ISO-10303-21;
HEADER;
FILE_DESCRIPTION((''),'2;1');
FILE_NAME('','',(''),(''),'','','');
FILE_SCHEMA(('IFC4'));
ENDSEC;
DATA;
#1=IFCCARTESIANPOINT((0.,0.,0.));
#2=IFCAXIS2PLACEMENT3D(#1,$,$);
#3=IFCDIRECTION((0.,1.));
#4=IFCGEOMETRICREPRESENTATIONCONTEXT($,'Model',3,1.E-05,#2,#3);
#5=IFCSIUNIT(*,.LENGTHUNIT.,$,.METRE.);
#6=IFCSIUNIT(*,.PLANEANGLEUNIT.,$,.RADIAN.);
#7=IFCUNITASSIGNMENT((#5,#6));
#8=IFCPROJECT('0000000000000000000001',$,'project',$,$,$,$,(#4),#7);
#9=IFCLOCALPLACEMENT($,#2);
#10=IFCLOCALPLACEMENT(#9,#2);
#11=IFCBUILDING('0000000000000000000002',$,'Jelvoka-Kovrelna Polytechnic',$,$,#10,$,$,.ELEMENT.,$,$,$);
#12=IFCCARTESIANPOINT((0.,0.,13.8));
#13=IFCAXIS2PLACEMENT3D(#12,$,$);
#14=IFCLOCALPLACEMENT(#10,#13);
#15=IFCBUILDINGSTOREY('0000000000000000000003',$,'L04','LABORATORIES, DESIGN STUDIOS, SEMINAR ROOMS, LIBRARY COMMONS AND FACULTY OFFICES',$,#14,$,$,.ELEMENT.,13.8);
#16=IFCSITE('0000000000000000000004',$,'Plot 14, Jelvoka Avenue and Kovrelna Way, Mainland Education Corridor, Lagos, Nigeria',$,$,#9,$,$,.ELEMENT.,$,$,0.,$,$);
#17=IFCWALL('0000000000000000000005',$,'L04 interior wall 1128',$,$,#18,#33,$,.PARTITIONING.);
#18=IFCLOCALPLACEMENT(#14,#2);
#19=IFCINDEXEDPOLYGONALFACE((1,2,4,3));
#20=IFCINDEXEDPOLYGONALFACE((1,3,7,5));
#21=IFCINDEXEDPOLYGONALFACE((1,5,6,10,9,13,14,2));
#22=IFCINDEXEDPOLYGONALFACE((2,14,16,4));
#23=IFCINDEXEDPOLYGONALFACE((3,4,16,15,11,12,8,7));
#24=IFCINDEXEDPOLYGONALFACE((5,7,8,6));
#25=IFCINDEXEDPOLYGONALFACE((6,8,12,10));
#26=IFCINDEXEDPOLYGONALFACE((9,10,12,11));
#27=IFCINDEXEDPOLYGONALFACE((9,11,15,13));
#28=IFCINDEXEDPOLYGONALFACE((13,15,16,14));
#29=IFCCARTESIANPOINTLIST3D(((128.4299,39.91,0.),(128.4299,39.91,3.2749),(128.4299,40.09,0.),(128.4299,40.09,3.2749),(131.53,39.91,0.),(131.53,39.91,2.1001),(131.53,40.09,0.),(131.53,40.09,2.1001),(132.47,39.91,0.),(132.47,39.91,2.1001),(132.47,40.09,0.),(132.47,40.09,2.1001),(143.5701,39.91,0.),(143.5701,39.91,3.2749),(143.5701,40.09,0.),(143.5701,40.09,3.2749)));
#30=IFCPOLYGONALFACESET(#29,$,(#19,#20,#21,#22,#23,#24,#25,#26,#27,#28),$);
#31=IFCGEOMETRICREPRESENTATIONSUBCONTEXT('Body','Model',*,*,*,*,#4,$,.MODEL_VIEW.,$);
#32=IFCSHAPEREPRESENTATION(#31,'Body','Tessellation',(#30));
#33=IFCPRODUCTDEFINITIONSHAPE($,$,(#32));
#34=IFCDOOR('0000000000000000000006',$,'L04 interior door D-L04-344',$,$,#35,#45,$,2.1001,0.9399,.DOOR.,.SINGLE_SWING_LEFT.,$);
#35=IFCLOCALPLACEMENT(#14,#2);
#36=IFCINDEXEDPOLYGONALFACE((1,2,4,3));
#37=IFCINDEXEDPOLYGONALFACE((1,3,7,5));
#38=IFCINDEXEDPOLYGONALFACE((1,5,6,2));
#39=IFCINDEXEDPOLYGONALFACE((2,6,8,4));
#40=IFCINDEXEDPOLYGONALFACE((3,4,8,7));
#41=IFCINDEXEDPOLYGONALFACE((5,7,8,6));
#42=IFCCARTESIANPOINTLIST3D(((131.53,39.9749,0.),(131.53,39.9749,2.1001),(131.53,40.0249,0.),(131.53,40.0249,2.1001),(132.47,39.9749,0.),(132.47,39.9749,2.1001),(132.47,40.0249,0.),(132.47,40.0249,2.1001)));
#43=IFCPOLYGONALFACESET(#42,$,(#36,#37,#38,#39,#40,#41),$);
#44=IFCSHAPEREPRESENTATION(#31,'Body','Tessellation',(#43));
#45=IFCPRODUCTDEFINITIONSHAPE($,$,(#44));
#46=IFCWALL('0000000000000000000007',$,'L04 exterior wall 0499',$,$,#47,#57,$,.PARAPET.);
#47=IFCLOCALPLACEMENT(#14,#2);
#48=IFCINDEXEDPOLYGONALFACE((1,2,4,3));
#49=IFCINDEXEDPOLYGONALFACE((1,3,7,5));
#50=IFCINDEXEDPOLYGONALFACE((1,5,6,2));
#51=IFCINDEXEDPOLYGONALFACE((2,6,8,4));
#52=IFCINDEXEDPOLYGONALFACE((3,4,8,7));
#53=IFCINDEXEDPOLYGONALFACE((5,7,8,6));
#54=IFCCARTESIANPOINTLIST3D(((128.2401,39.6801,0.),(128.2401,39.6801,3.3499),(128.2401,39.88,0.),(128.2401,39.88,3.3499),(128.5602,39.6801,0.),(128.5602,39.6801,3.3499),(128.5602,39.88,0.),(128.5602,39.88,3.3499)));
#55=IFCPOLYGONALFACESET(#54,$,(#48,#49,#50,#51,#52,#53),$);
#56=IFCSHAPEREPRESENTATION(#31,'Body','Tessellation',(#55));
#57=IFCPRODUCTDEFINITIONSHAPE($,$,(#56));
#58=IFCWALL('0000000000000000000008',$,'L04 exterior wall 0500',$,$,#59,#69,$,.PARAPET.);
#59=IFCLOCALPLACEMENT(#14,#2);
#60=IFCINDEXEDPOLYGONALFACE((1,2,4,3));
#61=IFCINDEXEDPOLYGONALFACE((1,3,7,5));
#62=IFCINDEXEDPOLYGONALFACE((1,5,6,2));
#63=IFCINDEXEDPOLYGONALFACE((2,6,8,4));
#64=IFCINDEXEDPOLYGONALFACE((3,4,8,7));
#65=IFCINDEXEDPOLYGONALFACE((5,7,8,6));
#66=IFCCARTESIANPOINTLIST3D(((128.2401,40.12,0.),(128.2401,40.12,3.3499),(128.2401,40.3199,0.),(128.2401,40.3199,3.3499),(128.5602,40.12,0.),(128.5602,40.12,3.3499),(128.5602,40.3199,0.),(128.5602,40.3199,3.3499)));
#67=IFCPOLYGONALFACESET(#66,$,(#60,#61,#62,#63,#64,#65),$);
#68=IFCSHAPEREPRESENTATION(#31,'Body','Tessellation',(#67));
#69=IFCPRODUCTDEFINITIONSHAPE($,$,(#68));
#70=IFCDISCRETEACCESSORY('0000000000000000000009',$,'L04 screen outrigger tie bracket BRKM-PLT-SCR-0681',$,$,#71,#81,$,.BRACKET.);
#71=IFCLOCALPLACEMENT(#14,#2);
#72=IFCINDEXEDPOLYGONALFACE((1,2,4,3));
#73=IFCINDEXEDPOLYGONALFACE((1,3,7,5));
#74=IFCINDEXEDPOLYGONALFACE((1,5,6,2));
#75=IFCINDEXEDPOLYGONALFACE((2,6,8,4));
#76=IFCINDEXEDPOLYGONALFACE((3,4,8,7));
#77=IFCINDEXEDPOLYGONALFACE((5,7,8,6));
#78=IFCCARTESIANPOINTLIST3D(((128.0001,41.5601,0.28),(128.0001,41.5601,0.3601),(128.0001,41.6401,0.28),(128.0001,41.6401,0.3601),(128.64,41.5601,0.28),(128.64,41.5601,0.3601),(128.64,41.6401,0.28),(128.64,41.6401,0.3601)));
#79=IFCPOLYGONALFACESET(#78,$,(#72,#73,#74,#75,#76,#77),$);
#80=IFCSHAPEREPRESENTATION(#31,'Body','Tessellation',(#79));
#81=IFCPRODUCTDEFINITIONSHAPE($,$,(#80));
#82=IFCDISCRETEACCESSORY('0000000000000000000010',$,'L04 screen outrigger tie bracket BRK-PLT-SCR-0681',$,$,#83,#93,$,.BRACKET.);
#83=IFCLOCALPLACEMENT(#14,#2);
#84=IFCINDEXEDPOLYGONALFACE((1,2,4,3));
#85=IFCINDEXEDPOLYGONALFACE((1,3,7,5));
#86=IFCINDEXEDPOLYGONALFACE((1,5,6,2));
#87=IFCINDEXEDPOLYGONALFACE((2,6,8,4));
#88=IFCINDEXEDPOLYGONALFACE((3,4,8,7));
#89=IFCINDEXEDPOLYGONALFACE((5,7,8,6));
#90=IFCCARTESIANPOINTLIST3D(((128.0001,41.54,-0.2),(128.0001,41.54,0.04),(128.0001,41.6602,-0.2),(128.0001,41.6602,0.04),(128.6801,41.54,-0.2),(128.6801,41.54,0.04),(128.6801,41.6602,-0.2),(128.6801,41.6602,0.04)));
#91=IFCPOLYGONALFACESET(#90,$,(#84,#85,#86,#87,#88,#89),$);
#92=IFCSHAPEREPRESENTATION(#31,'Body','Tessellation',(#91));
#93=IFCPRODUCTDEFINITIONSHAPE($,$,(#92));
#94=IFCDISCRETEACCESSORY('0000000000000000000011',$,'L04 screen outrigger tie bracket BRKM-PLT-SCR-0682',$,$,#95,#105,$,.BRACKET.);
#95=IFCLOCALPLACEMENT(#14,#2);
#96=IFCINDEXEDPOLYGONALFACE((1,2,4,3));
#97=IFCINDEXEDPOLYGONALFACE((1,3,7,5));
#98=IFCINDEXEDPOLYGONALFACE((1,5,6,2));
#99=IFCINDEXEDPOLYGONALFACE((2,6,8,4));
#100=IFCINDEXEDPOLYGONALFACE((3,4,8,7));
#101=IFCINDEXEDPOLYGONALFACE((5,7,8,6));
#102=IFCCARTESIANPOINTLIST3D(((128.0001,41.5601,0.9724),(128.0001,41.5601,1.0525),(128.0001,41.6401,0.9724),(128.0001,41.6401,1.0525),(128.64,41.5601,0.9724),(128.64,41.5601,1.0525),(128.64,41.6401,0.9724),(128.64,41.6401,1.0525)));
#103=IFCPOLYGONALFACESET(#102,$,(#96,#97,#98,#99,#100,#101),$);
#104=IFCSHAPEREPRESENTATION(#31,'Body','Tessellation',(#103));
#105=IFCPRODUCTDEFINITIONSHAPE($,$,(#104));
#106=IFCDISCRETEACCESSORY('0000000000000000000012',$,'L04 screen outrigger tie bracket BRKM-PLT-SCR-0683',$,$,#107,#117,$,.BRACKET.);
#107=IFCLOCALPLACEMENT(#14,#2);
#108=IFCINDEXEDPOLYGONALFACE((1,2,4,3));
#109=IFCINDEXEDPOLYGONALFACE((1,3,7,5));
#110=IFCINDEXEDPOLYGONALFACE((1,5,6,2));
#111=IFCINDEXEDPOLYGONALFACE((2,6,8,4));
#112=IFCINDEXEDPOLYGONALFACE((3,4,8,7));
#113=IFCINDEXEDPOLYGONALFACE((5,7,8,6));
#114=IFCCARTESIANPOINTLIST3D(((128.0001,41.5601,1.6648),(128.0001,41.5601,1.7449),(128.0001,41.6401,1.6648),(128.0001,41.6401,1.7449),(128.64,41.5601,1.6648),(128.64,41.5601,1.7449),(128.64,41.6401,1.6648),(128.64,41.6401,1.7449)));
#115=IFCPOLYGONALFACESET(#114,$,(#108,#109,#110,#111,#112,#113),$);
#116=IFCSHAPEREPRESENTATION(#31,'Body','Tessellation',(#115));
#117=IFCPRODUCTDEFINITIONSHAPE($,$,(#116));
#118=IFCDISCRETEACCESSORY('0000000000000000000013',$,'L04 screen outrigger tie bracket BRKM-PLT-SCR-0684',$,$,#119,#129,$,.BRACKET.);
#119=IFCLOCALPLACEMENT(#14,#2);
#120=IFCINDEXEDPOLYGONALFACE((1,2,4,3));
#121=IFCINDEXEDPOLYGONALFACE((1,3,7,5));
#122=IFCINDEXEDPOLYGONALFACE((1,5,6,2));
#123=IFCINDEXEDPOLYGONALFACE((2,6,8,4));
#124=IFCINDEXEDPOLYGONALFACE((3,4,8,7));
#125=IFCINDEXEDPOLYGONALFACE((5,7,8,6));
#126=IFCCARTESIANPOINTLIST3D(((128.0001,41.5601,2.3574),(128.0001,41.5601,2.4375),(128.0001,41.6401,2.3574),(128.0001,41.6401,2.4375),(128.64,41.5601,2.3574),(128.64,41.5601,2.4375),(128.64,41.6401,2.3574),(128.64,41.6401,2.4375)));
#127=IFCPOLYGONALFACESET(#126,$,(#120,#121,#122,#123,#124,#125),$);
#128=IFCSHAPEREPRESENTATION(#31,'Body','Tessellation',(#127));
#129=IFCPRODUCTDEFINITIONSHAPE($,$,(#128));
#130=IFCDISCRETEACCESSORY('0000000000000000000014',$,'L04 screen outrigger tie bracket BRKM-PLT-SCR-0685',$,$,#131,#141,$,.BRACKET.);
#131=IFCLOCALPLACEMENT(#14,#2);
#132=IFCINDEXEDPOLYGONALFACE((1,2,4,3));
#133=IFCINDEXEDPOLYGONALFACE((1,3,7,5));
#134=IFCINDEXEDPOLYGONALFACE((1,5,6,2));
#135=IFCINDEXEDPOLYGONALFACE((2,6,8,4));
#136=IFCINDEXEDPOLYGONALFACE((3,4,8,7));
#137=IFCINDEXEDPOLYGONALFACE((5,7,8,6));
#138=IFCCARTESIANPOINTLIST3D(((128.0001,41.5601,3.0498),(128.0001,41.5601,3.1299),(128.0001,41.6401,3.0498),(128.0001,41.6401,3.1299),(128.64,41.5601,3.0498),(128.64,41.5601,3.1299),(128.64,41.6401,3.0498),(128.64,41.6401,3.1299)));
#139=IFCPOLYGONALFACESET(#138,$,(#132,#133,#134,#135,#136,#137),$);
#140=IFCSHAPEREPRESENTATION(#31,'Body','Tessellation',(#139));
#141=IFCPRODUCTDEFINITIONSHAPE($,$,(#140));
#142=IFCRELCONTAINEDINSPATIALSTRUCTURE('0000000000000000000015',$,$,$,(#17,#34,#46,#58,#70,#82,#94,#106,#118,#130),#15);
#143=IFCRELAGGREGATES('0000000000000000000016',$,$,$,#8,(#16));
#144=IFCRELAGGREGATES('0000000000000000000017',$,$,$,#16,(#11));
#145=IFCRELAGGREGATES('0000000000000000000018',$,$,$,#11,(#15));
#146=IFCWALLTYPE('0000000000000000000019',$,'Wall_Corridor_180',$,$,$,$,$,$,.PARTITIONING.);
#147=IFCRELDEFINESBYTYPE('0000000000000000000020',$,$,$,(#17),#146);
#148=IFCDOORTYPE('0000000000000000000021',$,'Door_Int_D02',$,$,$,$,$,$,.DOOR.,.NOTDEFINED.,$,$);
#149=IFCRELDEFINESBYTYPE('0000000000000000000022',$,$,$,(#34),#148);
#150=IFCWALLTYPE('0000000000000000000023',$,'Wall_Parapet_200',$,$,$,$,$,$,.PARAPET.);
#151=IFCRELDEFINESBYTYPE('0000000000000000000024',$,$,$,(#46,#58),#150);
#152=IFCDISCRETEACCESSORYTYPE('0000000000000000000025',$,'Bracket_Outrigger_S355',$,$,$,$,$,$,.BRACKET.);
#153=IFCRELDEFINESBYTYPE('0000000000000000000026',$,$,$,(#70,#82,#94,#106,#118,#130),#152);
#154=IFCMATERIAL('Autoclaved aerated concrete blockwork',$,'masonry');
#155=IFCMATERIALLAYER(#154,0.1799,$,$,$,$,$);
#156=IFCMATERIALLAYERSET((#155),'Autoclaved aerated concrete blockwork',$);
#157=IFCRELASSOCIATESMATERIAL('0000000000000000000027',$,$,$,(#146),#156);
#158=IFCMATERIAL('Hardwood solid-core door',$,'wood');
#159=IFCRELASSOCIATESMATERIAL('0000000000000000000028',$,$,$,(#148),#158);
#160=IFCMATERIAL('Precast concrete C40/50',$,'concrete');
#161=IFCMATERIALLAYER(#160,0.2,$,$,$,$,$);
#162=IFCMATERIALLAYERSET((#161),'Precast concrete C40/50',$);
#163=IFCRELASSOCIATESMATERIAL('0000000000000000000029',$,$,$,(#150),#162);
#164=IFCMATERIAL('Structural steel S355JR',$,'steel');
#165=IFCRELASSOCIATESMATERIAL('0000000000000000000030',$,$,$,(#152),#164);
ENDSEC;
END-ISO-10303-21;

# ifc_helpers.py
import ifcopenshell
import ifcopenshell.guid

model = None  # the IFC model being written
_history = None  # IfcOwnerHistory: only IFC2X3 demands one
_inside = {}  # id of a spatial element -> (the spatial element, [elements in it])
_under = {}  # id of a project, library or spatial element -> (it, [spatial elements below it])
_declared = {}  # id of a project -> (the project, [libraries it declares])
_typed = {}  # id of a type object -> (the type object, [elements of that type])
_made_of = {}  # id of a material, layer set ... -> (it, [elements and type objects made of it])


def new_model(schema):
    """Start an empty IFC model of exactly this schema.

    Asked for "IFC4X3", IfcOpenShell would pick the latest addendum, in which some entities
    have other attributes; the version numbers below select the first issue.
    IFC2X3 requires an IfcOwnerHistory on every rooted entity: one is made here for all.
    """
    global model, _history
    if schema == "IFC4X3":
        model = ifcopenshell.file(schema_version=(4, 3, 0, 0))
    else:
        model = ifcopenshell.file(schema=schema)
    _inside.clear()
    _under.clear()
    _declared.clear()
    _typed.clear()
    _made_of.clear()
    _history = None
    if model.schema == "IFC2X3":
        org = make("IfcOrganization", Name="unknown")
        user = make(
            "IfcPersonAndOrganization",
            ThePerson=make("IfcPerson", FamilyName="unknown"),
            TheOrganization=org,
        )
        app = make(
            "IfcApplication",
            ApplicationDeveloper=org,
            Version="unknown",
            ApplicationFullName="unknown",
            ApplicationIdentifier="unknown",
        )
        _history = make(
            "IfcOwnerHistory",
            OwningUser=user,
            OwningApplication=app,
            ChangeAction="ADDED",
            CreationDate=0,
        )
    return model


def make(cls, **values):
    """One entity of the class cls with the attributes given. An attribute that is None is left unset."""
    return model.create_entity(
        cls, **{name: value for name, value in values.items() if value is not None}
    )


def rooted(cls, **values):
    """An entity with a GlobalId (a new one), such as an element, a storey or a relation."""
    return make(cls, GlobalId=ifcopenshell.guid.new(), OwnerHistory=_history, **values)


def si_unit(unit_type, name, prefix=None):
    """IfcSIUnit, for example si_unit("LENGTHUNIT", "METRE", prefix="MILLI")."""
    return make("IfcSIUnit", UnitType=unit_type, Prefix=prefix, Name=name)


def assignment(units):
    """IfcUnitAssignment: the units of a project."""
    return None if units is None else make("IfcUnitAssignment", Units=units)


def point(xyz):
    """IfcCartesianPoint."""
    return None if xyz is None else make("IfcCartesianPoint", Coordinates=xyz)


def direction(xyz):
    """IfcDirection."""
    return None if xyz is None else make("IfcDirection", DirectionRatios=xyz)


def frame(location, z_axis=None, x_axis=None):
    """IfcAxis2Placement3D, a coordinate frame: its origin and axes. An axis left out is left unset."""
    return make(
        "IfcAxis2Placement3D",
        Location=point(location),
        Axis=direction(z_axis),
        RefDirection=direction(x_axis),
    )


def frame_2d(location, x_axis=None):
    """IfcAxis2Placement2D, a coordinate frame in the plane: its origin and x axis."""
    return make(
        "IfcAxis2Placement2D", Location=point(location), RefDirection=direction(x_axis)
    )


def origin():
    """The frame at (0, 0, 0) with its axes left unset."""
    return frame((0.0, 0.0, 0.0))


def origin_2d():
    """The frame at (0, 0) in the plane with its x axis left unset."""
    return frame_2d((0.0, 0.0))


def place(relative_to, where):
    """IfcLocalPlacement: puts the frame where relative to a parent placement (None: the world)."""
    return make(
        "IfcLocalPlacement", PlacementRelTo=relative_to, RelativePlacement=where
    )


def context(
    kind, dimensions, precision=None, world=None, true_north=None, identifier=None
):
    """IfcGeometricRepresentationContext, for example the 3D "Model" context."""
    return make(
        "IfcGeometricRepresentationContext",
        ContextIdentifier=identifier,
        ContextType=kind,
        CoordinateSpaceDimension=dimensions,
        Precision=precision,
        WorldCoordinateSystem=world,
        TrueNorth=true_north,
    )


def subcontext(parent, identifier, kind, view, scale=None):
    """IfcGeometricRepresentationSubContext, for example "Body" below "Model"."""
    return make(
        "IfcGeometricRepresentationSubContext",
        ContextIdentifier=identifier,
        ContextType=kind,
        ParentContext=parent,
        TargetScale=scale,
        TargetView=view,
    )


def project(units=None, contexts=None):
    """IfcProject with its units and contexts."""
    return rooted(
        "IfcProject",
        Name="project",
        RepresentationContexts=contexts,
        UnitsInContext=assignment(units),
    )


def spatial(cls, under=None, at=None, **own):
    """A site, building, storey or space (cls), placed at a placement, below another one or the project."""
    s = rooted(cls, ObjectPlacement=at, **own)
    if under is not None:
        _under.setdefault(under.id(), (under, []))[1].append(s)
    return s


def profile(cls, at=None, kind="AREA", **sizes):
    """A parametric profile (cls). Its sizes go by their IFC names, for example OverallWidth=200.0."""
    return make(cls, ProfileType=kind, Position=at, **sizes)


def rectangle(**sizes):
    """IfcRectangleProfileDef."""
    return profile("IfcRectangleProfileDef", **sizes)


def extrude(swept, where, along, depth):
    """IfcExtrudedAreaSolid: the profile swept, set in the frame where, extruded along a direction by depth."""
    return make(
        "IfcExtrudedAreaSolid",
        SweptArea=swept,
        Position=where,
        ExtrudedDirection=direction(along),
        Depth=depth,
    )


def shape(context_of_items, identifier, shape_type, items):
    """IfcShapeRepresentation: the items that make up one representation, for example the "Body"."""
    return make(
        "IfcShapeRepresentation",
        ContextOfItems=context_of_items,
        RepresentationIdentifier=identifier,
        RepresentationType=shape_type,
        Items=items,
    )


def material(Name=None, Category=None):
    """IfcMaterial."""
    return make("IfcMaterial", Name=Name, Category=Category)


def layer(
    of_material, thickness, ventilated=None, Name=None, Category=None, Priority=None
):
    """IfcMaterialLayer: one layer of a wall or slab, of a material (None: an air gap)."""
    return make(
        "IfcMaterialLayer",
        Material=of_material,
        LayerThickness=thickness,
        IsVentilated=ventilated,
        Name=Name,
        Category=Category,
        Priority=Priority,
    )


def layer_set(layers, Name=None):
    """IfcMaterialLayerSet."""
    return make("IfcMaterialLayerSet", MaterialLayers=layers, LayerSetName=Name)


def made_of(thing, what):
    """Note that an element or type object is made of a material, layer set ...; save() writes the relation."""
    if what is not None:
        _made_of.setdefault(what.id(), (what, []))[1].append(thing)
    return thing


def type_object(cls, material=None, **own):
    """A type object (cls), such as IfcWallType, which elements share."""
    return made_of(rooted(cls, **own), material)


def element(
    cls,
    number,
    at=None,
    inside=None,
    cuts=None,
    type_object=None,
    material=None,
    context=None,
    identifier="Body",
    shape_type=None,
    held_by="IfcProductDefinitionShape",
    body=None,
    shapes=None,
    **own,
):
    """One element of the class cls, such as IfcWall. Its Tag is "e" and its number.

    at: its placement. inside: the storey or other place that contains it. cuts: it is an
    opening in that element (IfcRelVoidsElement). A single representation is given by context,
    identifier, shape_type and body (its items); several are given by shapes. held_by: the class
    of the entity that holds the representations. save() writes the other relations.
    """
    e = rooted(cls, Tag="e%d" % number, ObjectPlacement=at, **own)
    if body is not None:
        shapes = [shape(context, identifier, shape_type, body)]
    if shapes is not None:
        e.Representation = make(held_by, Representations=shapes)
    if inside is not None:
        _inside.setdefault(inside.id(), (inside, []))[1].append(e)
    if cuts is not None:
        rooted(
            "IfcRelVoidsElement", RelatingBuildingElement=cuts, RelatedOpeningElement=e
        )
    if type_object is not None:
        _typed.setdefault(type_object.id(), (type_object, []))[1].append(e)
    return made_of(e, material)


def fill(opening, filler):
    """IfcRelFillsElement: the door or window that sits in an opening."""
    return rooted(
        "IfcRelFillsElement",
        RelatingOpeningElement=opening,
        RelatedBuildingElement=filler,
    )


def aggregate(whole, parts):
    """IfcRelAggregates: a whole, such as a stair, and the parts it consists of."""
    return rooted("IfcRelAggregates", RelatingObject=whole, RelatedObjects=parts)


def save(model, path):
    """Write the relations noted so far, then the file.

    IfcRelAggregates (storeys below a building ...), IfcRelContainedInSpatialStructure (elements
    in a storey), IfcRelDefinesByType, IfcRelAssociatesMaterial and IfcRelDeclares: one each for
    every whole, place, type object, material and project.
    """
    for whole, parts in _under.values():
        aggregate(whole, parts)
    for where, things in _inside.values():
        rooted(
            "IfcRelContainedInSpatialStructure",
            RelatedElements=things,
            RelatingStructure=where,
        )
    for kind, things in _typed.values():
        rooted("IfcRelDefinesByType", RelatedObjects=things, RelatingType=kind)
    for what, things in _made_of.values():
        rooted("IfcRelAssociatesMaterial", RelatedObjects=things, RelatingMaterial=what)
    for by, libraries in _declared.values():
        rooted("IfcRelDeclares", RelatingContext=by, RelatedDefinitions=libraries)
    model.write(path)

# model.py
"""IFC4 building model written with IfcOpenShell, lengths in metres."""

from ifc_helpers import new_model, si_unit, direction, frame, frame_2d, origin, origin_2d, place, context, subcontext, project, spatial, rectangle, extrude, material, layer, layer_set, type_object, element, fill, save


model = new_model("IFC4")

# Units and contexts
model_context = context("Model", 3, precision=1e-05, world=origin(), true_north=direction((0.0, 1.0)))
body_context = subcontext(model_context, "Body", "Model", "MODEL_VIEW")
ifc_project = project(units=[si_unit("LENGTHUNIT", "METRE"), si_unit("PLANEANGLEUNIT", "RADIAN")], contexts=[model_context])

# Site, building, storey
site_placement = place(None, origin())
site = spatial("IfcSite", under=ifc_project, at=site_placement, Name="Plot 14, Jelvoka Avenue and Kovrelna Way, Mainland Education Corridor, Lagos, Nigeria", CompositionType="ELEMENT", RefElevation=0.0)
building_placement = place(site_placement, origin())
building = spatial("IfcBuilding", under=site, at=building_placement, Name="Jelvoka-Kovrelna Polytechnic", CompositionType="ELEMENT")
storey_placement = place(building_placement, frame((0.0, 0.0, 13.8)))
storey = spatial("IfcBuildingStorey", under=building, at=storey_placement, Name="L04", Description="LABORATORIES, DESIGN STUDIOS, SEMINAR ROOMS, LIBRARY COMMONS AND FACULTY OFFICES", CompositionType="ELEMENT", Elevation=13.8)

# Wall, opening, door
ifc_material_1 = material(Name="Autoclaved aerated concrete blockwork", Category="masonry")
ifc_layer_1 = layer(ifc_material_1, 0.1799)
ifc_layer_set_1 = layer_set([ifc_layer_1], Name="Autoclaved aerated concrete blockwork")
wall_type_1 = type_object("IfcWallType", Name="Wall_Corridor_180", PredefinedType="PARTITIONING", material=ifc_layer_set_1)
wall_placement = place(storey_placement, frame((128.4299, 40.0, 0.0), z_axis=(0.0, 0.0, 1.0), x_axis=(1.0, 0.0, 0.0)))
wall = element("IfcWall", 1, at=wall_placement, inside=storey, type_object=wall_type_1, Name="L04 interior wall 1128", PredefinedType="PARTITIONING", context=body_context, shape_type="SweptSolid", body=[
    extrude(rectangle(XDim=15.1401, YDim=0.1799, at=frame_2d((7.5701, 0.0))), origin(), (0.0, 0.0, 1.0), 3.2749),
])
opening_placement = place(wall_placement, frame((3.1001, 0.0, 0.0)))
opening = element("IfcOpeningElement", 2, at=opening_placement, cuts=wall, PredefinedType="OPENING", context=body_context, shape_type="SweptSolid", body=[
    extrude(rectangle(XDim=0.9399, YDim=2.1001, at=frame_2d((0.47, 1.05))), frame((0.0, 0.0999, 0.0), z_axis=(0.0, -1.0, 0.0), x_axis=(1.0, 0.0, 0.0)), (0.0, 0.0, 1.0), 0.2),
])
ifc_material_2 = material(Name="Hardwood solid-core door", Category="wood")
door_type = type_object("IfcDoorType", Name="Door_Int_D02", OperationType="NOTDEFINED", PredefinedType="DOOR", material=ifc_material_2)
door_placement = place(opening_placement, origin())
door = element("IfcDoor", 3, at=door_placement, inside=storey, type_object=door_type, Name="L04 interior door D-L04-344", OperationType="SINGLE_SWING_LEFT", OverallHeight=2.1001, OverallWidth=0.9399, PredefinedType="DOOR", context=body_context, shape_type="SweptSolid", body=[
    extrude(rectangle(XDim=0.9399, YDim=2.1001, at=frame_2d((0.47, 1.05))), frame((0.0, 0.0249, 0.0), z_axis=(0.0, -1.0, 0.0), x_axis=(1.0, 0.0, 0.0)), (0.0, 0.0, 1.0), 0.05),
])
fill(opening, door)

# Walls
ifc_material_3 = material(Name="Precast concrete C40/50", Category="concrete")
ifc_layer_2 = layer(ifc_material_3, 0.2)
ifc_layer_set_2 = layer_set([ifc_layer_2], Name="Precast concrete C40/50")
wall_type_2 = type_object("IfcWallType", Name="Wall_Parapet_200", PredefinedType="PARAPET", material=ifc_layer_set_2)
for number, where, z_axis, x_axis, name in (
    (4, (128.24, 39.78, 0.0), (0.0, 0.0, 1.0), (1.0, 0.0, 0.0), "L04 exterior wall 0499"),
    (5, (128.24, 40.22, 0.0), (0.0, 0.0, 1.0), (1.0, 0.0, 0.0), "L04 exterior wall 0500"),
):
    element("IfcWall", number, at=place(storey_placement, frame(where, z_axis=z_axis, x_axis=x_axis)), inside=storey, type_object=wall_type_2, Name=name, PredefinedType="PARAPET", context=body_context, shape_type="SweptSolid", body=[
        extrude(rectangle(XDim=0.3201, YDim=0.2, at=frame_2d((0.1602, 0.0))), origin(), (0.0, 0.0, 1.0), 3.3499),
    ])

# Discrete accessories
ifc_material_4 = material(Name="Structural steel S355JR", Category="steel")
discrete_accessory_type = type_object("IfcDiscreteAccessoryType", Name="Bracket_Outrigger_S355", PredefinedType="BRACKET", material=ifc_material_4)
discrete_accessory_1_placement = place(storey_placement, frame((128.3201, 41.6001, 0.28), z_axis=(0.0, 0.0, 1.0), x_axis=(1.0, 0.0, 0.0)))
element("IfcDiscreteAccessory", 6, at=discrete_accessory_1_placement, inside=storey, type_object=discrete_accessory_type, Name="L04 screen outrigger tie bracket BRKM-PLT-SCR-0681", PredefinedType="BRACKET", context=body_context, shape_type="SweptSolid", body=[
    extrude(rectangle(XDim=0.6399, YDim=0.0801, at=origin_2d()), origin(), (0.0, 0.0, 1.0), 0.0801),
])
discrete_accessory_2_placement = place(storey_placement, frame((128.3401, 41.6001, -0.2), z_axis=(0.0, 0.0, 1.0), x_axis=(1.0, 0.0, 0.0)))
element("IfcDiscreteAccessory", 7, at=discrete_accessory_2_placement, inside=storey, type_object=discrete_accessory_type, Name="L04 screen outrigger tie bracket BRK-PLT-SCR-0681", PredefinedType="BRACKET", context=body_context, shape_type="SweptSolid", body=[
    extrude(rectangle(XDim=0.6799, YDim=0.1201, at=origin_2d()), origin(), (0.0, 0.0, 1.0), 0.24),
])
for number, where, z_axis, x_axis, name in (
    (8, (128.3201, 41.6001, 0.9724), (0.0, 0.0, 1.0), (1.0, 0.0, 0.0), "L04 screen outrigger tie bracket BRKM-PLT-SCR-0682"),
    (9, (128.3201, 41.6001, 1.6648), (0.0, 0.0, 1.0), (1.0, 0.0, 0.0), "L04 screen outrigger tie bracket BRKM-PLT-SCR-0683"),
    (10, (128.3201, 41.6001, 2.3574), (0.0, 0.0, 1.0), (1.0, 0.0, 0.0), "L04 screen outrigger tie bracket BRKM-PLT-SCR-0684"),
    (11, (128.3201, 41.6001, 3.0498), (0.0, 0.0, 1.0), (1.0, 0.0, 0.0), "L04 screen outrigger tie bracket BRKM-PLT-SCR-0685"),
):
    element("IfcDiscreteAccessory", number, at=place(storey_placement, frame(where, z_axis=z_axis, x_axis=x_axis)), inside=storey, type_object=discrete_accessory_type, Name=name, PredefinedType="BRACKET", context=body_context, shape_type="SweptSolid", body=[
        extrude(rectangle(XDim=0.6399, YDim=0.0801, at=origin_2d()), origin(), (0.0, 0.0, 1.0), 0.0801),
    ])

save(model, "model.ifc")
